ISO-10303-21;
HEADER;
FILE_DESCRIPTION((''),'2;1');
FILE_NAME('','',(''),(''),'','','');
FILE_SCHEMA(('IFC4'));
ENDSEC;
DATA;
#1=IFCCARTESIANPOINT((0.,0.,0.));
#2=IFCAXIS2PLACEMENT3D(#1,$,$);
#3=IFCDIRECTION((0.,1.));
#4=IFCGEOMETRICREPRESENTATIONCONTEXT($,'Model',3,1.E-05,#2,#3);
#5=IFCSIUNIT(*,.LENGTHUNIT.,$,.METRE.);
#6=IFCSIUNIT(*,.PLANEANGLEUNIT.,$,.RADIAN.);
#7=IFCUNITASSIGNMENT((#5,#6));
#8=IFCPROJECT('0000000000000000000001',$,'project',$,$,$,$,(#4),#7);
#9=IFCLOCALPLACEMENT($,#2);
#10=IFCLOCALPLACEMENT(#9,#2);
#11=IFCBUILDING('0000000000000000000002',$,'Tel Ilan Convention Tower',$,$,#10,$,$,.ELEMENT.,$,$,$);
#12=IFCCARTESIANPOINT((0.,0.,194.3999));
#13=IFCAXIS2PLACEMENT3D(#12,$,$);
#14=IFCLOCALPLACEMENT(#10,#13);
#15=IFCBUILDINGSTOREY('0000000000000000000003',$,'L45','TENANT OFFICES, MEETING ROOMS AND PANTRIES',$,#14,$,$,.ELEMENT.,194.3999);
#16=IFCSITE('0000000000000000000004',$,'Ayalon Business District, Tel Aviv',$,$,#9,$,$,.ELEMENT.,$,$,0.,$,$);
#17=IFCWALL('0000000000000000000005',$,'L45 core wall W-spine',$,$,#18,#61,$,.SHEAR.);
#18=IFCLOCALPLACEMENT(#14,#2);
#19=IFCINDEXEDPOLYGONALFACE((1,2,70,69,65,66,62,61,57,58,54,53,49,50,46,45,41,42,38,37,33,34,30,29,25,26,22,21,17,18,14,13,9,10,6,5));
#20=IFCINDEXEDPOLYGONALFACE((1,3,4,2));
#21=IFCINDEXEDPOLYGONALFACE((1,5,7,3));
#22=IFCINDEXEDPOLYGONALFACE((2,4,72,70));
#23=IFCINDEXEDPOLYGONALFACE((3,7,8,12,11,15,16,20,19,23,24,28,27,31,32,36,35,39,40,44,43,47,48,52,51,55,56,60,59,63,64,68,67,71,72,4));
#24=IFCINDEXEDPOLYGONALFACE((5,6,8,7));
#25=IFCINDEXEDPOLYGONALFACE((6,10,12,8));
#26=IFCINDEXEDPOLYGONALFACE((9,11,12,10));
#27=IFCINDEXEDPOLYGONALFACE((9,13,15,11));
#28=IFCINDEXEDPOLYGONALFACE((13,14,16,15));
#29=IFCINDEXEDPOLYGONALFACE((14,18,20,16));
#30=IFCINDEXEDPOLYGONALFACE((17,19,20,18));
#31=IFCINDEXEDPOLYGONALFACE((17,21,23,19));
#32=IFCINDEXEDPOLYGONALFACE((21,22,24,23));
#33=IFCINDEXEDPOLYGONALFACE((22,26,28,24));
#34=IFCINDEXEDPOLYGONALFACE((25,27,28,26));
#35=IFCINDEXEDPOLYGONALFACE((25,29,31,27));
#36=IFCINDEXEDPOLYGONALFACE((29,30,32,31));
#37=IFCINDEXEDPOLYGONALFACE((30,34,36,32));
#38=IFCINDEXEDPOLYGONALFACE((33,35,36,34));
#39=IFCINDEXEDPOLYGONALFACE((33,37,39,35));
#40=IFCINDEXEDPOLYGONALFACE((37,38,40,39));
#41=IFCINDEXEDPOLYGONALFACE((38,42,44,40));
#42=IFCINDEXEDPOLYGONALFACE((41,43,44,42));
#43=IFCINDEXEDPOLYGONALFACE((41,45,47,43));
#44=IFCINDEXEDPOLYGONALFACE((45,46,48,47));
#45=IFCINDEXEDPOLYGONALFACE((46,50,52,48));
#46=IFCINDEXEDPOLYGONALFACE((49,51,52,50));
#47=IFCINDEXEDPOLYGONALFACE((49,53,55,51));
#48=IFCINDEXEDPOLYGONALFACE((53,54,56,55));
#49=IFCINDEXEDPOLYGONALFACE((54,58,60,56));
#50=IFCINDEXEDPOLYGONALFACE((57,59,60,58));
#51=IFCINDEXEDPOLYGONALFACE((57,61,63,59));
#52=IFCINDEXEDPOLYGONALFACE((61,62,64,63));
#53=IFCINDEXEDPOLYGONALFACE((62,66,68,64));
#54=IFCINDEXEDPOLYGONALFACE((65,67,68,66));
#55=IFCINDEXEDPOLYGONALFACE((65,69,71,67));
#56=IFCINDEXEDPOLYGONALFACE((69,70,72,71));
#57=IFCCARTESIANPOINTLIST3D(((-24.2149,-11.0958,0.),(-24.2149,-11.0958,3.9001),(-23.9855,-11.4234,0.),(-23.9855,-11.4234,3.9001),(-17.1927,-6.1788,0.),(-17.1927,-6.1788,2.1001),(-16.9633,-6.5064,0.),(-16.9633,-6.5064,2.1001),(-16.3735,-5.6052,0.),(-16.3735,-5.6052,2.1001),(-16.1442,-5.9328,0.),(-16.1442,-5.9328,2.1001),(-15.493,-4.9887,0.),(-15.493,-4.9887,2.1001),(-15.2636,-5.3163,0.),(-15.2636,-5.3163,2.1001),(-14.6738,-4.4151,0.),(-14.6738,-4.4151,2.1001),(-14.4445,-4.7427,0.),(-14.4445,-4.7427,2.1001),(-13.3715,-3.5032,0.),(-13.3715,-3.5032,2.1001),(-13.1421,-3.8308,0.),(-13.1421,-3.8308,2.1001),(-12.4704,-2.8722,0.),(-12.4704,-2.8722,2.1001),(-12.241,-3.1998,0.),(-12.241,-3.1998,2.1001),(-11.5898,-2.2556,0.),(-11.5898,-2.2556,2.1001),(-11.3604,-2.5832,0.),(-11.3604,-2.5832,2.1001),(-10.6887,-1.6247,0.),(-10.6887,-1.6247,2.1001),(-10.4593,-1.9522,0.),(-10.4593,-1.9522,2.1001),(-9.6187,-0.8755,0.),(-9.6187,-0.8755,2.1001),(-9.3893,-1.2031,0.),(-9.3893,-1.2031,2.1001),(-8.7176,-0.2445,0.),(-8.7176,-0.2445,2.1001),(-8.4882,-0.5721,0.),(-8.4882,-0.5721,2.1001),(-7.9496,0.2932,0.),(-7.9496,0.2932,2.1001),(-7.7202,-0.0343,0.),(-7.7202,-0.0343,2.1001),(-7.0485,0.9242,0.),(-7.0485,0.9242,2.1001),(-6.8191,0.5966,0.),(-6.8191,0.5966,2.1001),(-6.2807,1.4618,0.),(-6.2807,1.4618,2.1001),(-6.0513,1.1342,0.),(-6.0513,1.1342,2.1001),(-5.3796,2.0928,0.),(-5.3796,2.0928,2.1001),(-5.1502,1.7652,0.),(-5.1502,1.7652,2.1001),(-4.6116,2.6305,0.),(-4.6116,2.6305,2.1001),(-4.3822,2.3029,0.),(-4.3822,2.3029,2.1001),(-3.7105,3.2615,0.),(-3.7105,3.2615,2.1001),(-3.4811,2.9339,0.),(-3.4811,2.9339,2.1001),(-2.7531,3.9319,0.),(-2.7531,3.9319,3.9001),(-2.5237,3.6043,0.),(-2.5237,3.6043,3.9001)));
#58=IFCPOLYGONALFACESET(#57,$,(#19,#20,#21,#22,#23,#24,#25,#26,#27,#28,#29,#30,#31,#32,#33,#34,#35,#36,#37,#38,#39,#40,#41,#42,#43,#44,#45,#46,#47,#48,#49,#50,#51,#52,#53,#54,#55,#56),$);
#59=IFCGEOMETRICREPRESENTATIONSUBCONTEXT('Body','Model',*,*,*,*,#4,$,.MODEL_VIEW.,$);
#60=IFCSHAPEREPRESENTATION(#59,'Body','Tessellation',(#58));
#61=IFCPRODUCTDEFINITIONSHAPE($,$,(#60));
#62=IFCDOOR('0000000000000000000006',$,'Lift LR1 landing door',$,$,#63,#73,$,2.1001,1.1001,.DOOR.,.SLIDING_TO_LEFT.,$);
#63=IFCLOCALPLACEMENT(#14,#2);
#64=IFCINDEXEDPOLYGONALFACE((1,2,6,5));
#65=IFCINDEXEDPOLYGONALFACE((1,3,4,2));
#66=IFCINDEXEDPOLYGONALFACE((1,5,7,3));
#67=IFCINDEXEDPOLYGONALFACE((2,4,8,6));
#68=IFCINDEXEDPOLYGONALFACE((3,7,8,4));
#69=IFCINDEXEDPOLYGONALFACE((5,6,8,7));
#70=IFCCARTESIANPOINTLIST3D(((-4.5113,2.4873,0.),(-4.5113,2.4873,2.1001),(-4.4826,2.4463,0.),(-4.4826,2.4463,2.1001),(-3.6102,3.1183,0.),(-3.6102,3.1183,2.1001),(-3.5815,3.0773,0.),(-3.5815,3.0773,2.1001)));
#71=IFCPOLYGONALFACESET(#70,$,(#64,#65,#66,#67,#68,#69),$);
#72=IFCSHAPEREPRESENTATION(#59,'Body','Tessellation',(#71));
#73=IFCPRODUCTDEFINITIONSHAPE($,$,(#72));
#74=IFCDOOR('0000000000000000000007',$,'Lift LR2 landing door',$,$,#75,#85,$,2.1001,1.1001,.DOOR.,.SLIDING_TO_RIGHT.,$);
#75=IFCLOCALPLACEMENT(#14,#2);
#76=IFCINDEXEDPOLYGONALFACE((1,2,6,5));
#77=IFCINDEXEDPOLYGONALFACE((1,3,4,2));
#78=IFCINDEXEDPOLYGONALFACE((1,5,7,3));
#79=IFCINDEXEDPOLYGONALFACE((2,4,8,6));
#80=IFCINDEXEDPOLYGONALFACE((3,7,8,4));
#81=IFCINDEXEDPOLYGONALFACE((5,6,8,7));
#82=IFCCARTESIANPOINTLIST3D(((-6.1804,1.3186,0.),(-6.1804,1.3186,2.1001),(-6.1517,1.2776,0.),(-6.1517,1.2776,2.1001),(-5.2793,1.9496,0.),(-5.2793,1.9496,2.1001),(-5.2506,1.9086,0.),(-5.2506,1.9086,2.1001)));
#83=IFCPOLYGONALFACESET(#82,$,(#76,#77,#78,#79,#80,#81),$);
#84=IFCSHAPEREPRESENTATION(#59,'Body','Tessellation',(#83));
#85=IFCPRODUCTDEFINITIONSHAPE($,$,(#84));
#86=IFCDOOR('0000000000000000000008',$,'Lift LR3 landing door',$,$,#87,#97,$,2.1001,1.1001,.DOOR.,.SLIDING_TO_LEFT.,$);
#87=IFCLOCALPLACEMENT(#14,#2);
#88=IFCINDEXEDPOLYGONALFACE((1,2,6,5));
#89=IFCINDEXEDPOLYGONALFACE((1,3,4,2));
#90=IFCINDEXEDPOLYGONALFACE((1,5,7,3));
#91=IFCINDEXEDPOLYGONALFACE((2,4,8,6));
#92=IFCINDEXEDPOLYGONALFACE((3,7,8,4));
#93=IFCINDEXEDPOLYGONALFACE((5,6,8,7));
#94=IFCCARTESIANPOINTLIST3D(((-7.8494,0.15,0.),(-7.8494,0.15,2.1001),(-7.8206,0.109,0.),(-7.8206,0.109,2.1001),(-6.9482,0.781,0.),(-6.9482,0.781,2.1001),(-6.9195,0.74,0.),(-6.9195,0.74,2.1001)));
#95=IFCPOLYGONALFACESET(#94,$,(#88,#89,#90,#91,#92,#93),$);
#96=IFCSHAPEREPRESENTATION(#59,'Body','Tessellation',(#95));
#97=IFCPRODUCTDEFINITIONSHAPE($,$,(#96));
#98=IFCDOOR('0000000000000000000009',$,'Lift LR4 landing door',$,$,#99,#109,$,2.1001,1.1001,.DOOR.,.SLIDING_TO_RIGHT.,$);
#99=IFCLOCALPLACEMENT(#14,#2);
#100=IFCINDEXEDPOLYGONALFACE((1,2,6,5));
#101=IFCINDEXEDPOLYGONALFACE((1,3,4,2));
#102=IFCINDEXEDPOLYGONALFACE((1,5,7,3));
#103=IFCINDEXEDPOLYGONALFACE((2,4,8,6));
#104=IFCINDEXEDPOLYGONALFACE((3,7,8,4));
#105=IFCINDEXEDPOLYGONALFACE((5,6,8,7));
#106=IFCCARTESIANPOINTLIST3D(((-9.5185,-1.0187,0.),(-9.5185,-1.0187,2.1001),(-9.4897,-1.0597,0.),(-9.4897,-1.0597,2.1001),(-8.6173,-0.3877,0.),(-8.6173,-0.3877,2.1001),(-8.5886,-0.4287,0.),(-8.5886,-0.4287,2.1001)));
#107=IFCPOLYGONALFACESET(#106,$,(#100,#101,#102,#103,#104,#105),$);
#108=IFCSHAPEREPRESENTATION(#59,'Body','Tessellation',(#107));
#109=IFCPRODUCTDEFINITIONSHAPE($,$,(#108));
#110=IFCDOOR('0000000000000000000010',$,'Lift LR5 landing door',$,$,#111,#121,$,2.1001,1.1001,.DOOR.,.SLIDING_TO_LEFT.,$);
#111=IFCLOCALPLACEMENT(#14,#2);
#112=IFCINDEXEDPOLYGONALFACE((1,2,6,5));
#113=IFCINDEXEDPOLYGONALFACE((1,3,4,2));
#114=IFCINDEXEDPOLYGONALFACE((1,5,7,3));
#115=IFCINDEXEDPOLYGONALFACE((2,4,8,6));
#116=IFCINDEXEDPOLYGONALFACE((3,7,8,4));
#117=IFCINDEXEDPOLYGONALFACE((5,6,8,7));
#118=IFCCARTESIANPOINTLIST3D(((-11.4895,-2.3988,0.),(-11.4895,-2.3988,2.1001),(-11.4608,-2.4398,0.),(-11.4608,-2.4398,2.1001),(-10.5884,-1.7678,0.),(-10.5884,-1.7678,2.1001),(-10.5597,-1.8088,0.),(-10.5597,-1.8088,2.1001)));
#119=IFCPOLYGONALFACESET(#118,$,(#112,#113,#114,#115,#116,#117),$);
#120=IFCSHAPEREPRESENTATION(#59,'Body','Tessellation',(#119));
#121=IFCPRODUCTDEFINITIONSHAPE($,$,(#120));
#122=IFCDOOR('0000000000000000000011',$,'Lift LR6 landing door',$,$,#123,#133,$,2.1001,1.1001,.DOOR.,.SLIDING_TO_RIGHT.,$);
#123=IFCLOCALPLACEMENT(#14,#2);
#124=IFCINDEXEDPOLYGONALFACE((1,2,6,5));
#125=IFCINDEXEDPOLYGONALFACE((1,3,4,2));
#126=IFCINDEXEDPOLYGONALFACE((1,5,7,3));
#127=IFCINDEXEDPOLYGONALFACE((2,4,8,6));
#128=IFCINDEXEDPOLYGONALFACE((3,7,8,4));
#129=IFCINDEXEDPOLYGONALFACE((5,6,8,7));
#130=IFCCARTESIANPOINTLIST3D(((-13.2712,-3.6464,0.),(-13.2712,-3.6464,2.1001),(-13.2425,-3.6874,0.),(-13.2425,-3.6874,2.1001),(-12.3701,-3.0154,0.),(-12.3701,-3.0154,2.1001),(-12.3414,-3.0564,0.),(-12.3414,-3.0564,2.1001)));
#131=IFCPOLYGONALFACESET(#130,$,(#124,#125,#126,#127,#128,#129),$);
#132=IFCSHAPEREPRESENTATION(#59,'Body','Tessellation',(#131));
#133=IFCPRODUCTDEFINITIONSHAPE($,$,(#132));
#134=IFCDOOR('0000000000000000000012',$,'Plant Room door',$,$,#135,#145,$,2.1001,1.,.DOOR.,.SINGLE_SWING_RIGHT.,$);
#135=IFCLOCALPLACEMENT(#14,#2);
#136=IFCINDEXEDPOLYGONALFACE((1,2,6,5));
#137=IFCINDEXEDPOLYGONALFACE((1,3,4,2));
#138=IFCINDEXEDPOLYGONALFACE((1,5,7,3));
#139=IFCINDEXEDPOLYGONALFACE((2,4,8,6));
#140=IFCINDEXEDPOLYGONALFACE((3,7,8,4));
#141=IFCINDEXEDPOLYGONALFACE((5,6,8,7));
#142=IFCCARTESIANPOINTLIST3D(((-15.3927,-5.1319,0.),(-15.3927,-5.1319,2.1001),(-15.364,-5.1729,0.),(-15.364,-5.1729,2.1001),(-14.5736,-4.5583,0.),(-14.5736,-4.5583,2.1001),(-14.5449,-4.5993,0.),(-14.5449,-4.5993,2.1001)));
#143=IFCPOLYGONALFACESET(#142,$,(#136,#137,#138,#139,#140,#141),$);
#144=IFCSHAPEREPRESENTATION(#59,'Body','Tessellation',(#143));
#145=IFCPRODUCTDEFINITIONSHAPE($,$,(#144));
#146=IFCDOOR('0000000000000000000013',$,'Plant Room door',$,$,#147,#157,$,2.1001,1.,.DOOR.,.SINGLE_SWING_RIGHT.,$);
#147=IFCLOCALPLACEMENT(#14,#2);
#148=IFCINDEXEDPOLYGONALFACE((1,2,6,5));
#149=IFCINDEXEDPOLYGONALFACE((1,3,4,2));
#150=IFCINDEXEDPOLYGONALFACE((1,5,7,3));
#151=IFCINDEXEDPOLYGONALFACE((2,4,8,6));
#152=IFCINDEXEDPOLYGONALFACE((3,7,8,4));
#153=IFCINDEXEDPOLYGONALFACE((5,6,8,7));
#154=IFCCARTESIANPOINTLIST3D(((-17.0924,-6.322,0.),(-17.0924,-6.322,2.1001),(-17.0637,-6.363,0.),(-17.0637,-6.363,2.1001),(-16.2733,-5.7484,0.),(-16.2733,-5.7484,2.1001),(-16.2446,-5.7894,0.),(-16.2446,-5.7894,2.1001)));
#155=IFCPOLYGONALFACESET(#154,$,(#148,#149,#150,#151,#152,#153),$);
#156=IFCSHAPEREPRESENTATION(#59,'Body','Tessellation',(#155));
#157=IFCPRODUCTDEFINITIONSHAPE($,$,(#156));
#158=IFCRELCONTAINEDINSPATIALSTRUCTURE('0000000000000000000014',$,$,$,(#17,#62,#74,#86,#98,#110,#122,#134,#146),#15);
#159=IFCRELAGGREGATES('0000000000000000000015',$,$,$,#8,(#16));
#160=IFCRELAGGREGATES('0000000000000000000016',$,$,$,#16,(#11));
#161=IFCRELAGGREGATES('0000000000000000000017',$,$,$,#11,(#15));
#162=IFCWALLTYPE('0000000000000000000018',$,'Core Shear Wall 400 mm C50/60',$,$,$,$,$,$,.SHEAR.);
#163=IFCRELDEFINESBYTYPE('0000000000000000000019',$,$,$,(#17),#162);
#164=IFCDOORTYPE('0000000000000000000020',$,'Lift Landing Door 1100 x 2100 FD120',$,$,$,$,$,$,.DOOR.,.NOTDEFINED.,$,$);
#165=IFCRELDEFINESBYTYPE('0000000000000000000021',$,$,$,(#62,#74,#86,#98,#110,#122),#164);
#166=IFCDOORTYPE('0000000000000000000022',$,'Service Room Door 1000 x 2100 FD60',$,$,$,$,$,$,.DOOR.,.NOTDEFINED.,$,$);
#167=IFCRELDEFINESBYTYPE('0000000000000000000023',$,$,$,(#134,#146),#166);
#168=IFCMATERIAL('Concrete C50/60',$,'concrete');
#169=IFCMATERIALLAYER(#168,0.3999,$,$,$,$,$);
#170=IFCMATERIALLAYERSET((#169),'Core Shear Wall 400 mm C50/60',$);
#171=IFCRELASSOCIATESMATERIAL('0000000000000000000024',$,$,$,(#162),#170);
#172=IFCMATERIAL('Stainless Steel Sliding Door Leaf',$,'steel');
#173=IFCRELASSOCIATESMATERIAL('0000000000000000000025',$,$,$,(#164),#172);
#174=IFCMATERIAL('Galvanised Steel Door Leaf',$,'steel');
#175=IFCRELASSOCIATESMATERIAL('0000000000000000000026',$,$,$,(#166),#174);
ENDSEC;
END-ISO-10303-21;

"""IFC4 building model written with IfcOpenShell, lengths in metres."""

from ifc_helpers import new_model, si_unit, direction, frame, frame_2d, origin, place, context, subcontext, project, spatial, polyline, rectangle, outline, extrude, material, layer, layer_set, type_object, element, fill, save


model = new_model("IFC4")

# Units and contexts
model_context = context("Model", 3, precision=1e-05, world=origin(), true_north=direction((0.0, 1.0)))
body_context = subcontext(model_context, "Body", "Model", "MODEL_VIEW")
ifc_project = project(units=[si_unit("LENGTHUNIT", "METRE"), si_unit("PLANEANGLEUNIT", "RADIAN")], contexts=[model_context])

# Site, building, storey
site_placement = place(None, origin())
site = spatial("IfcSite", under=ifc_project, at=site_placement, Name="Ayalon Business District, Tel Aviv", CompositionType="ELEMENT", RefElevation=0.0)
building_placement = place(site_placement, origin())
building = spatial("IfcBuilding", under=site, at=building_placement, Name="Tel Ilan Convention Tower", CompositionType="ELEMENT")
storey_placement = place(building_placement, frame((0.0, 0.0, 194.3999)))
storey = spatial("IfcBuildingStorey", under=building, at=storey_placement, Name="L45", Description="TENANT OFFICES, MEETING ROOMS AND PANTRIES", CompositionType="ELEMENT", Elevation=194.3999)

# Wall, openings, doors
ifc_material_1 = material(Name="Concrete C50/60", Category="concrete")
ifc_layer_1 = layer(ifc_material_1, 0.3999)
ifc_layer_set_1 = layer_set([ifc_layer_1], Name="Core Shear Wall 400 mm C50/60")
wall_type_1 = type_object("IfcWallType", Name="Core Shear Wall 400 mm C50/60", PredefinedType="SHEAR", material=ifc_layer_set_1)
wall_1_placement = place(storey_placement, frame((-2.6384, 3.7681, 0.0), z_axis=(0.0, 0.0, 1.0), x_axis=(-0.819153, -0.573576, 0.0)))
wall_1 = element("IfcWall", 1, at=wall_1_placement, inside=storey, type_object=wall_type_1, Name="L45 core wall W-spine", PredefinedType="SHEAR", context=body_context, shape_type="SweptSolid", body=[
    extrude(outline(polyline([(26.2, 0.2), (0.0, 0.2), (0.0, -0.2), (26.2, -0.2), (26.2, 0.2)])), origin(), (0.0, 0.0, 1.0), 3.9001),
])
opening_1_placement = place(wall_1_placement, frame((1.1687, 0.0, 0.0)))
opening_1 = element("IfcOpeningElement", 2, at=opening_1_placement, cuts=wall_1, PredefinedType="OPENING", context=body_context, shape_type="SweptSolid", body=[
    extrude(rectangle(XDim=1.1001, YDim=2.1001, at=frame_2d((0.55, 1.05))), frame((0.0, 0.21, 0.0), z_axis=(0.0, -1.0, 0.0), x_axis=(1.0, 0.0, 0.0)), (0.0, 0.0, 1.0), 0.4199),
])
opening_2_placement = place(wall_1_placement, frame((3.2063, 0.0, 0.0)))
opening_2 = element("IfcOpeningElement", 3, at=opening_2_placement, cuts=wall_1, PredefinedType="OPENING", context=body_context, shape_type="SweptSolid", body=[
    extrude(rectangle(XDim=1.1001, YDim=2.1001, at=frame_2d((0.55, 1.05))), frame((0.0, 0.21, 0.0), z_axis=(0.0, -1.0, 0.0), x_axis=(1.0, 0.0, 0.0)), (0.0, 0.0, 1.0), 0.4199),
])
opening_3_placement = place(wall_1_placement, frame((5.2437, 0.0, 0.0)))
opening_3 = element("IfcOpeningElement", 4, at=opening_3_placement, cuts=wall_1, PredefinedType="OPENING", context=body_context, shape_type="SweptSolid", body=[
    extrude(rectangle(XDim=1.1001, YDim=2.1001, at=frame_2d((0.55, 1.05))), frame((0.0, 0.21, 0.0), z_axis=(0.0, -1.0, 0.0), x_axis=(1.0, 0.0, 0.0)), (0.0, 0.0, 1.0), 0.4199),
])
opening_4_placement = place(wall_1_placement, frame((7.2812, 0.0, 0.0)))
opening_4 = element("IfcOpeningElement", 5, at=opening_4_placement, cuts=wall_1, PredefinedType="OPENING", context=body_context, shape_type="SweptSolid", body=[
    extrude(rectangle(XDim=1.1001, YDim=2.1001, at=frame_2d((0.55, 1.05))), frame((0.0, 0.21, 0.0), z_axis=(0.0, -1.0, 0.0), x_axis=(1.0, 0.0, 0.0)), (0.0, 0.0, 1.0), 0.4199),
])
opening_5_placement = place(wall_1_placement, frame((9.6875, 0.0, 0.0)))
opening_5 = element("IfcOpeningElement", 6, at=opening_5_placement, cuts=wall_1, PredefinedType="OPENING", context=body_context, shape_type="SweptSolid", body=[
    extrude(rectangle(XDim=1.1001, YDim=2.1001, at=frame_2d((0.55, 1.05))), frame((0.0, 0.21, 0.0), z_axis=(0.0, -1.0, 0.0), x_axis=(1.0, 0.0, 0.0)), (0.0, 0.0, 1.0), 0.4199),
])
opening_6_placement = place(wall_1_placement, frame((11.8625, 0.0, 0.0)))
opening_6 = element("IfcOpeningElement", 7, at=opening_6_placement, cuts=wall_1, PredefinedType="OPENING", context=body_context, shape_type="SweptSolid", body=[
    extrude(rectangle(XDim=1.1001, YDim=2.1001, at=frame_2d((0.55, 1.05))), frame((0.0, 0.21, 0.0), z_axis=(0.0, -1.0, 0.0), x_axis=(1.0, 0.0, 0.0)), (0.0, 0.0, 1.0), 0.4199),
])
opening_7_placement = place(wall_1_placement, frame((14.5525, 0.0, 0.0)))
opening_7 = element("IfcOpeningElement", 8, at=opening_7_placement, cuts=wall_1, PredefinedType="OPENING", context=body_context, shape_type="SweptSolid", body=[
    extrude(rectangle(XDim=1.0, YDim=2.1001, at=frame_2d((0.5, 1.05))), frame((0.0, 0.21, 0.0), z_axis=(0.0, -1.0, 0.0), x_axis=(1.0, 0.0, 0.0)), (0.0, 0.0, 1.0), 0.4199),
])
opening_8_placement = place(wall_1_placement, frame((16.6274, 0.0, 0.0)))
opening_8 = element("IfcOpeningElement", 9, at=opening_8_placement, cuts=wall_1, PredefinedType="OPENING", context=body_context, shape_type="SweptSolid", body=[
    extrude(rectangle(XDim=1.0, YDim=2.1001, at=frame_2d((0.5, 1.05))), frame((0.0, 0.21, 0.0), z_axis=(0.0, -1.0, 0.0), x_axis=(1.0, 0.0, 0.0)), (0.0, 0.0, 1.0), 0.4199),
])
ifc_material_2 = material(Name="Stainless Steel Sliding Door Leaf", Category="steel")
door_type_1 = type_object("IfcDoorType", Name="Lift Landing Door 1100 x 2100 FD120", OperationType="NOTDEFINED", PredefinedType="DOOR", material=ifc_material_2)
door_1_placement = place(opening_1_placement, origin())
door_1 = element("IfcDoor", 10, at=door_1_placement, inside=storey, type_object=door_type_1, Name="Lift LR1 landing door", OperationType="SLIDING_TO_LEFT", OverallHeight=2.1001, OverallWidth=1.1001, PredefinedType="DOOR", context=body_context, shape_type="SweptSolid", body=[
    extrude(rectangle(XDim=1.1001, YDim=2.1001, at=frame_2d((0.55, 1.05))), frame((0.0, 0.0249, 0.0), z_axis=(0.0, -1.0, 0.0), x_axis=(1.0, 0.0, 0.0)), (0.0, 0.0, 1.0), 0.05),
])
fill(opening_1, door_1)
door_2_placement = place(opening_2_placement, origin())
door_2 = element("IfcDoor", 11, at=door_2_placement, inside=storey, type_object=door_type_1, Name="Lift LR2 landing door", OperationType="SLIDING_TO_RIGHT", OverallHeight=2.1001, OverallWidth=1.1001, PredefinedType="DOOR", context=body_context, shape_type="SweptSolid", body=[
    extrude(rectangle(XDim=1.1001, YDim=2.1001, at=frame_2d((0.55, 1.05))), frame((0.0, 0.0249, 0.0), z_axis=(0.0, -1.0, 0.0), x_axis=(1.0, 0.0, 0.0)), (0.0, 0.0, 1.0), 0.05),
])
fill(opening_2, door_2)
door_3_placement = place(opening_3_placement, origin())
door_3 = element("IfcDoor", 12, at=door_3_placement, inside=storey, type_object=door_type_1, Name="Lift LR3 landing door", OperationType="SLIDING_TO_LEFT", OverallHeight=2.1001, OverallWidth=1.1001, PredefinedType="DOOR", context=body_context, shape_type="SweptSolid", body=[
    extrude(rectangle(XDim=1.1001, YDim=2.1001, at=frame_2d((0.55, 1.05))), frame((0.0, 0.0249, 0.0), z_axis=(0.0, -1.0, 0.0), x_axis=(1.0, 0.0, 0.0)), (0.0, 0.0, 1.0), 0.05),
])
fill(opening_3, door_3)
door_4_placement = place(opening_4_placement, origin())
door_4 = element("IfcDoor", 13, at=door_4_placement, inside=storey, type_object=door_type_1, Name="Lift LR4 landing door", OperationType="SLIDING_TO_RIGHT", OverallHeight=2.1001, OverallWidth=1.1001, PredefinedType="DOOR", context=body_context, shape_type="SweptSolid", body=[
    extrude(rectangle(XDim=1.1001, YDim=2.1001, at=frame_2d((0.55, 1.05))), frame((0.0, 0.0249, 0.0), z_axis=(0.0, -1.0, 0.0), x_axis=(1.0, 0.0, 0.0)), (0.0, 0.0, 1.0), 0.05),
])
fill(opening_4, door_4)
door_5_placement = place(opening_5_placement, origin())
door_5 = element("IfcDoor", 14, at=door_5_placement, inside=storey, type_object=door_type_1, Name="Lift LR5 landing door", OperationType="SLIDING_TO_LEFT", OverallHeight=2.1001, OverallWidth=1.1001, PredefinedType="DOOR", context=body_context, shape_type="SweptSolid", body=[
    extrude(rectangle(XDim=1.1001, YDim=2.1001, at=frame_2d((0.55, 1.05))), frame((0.0, 0.0249, 0.0), z_axis=(0.0, -1.0, 0.0), x_axis=(1.0, 0.0, 0.0)), (0.0, 0.0, 1.0), 0.05),
])
fill(opening_5, door_5)
door_6_placement = place(opening_6_placement, origin())
door_6 = element("IfcDoor", 15, at=door_6_placement, inside=storey, type_object=door_type_1, Name="Lift LR6 landing door", OperationType="SLIDING_TO_RIGHT", OverallHeight=2.1001, OverallWidth=1.1001, PredefinedType="DOOR", context=body_context, shape_type="SweptSolid", body=[
    extrude(rectangle(XDim=1.1001, YDim=2.1001, at=frame_2d((0.55, 1.05))), frame((0.0, 0.0249, 0.0), z_axis=(0.0, -1.0, 0.0), x_axis=(1.0, 0.0, 0.0)), (0.0, 0.0, 1.0), 0.05),
])
fill(opening_6, door_6)
ifc_material_3 = material(Name="Galvanised Steel Door Leaf", Category="steel")
door_type_2 = type_object("IfcDoorType", Name="Service Room Door 1000 x 2100 FD60", OperationType="NOTDEFINED", PredefinedType="DOOR", material=ifc_material_3)
door_7_placement = place(opening_7_placement, origin())
door_7 = element("IfcDoor", 16, at=door_7_placement, inside=storey, type_object=door_type_2, Name="Plant Room door", OperationType="SINGLE_SWING_RIGHT", OverallHeight=2.1001, OverallWidth=1.0, PredefinedType="DOOR", context=body_context, shape_type="SweptSolid", body=[
    extrude(rectangle(XDim=1.0, YDim=2.1001, at=frame_2d((0.5, 1.05))), frame((0.0, 0.0249, 0.0), z_axis=(0.0, -1.0, 0.0), x_axis=(1.0, 0.0, 0.0)), (0.0, 0.0, 1.0), 0.05),
])
fill(opening_7, door_7)
door_8_placement = place(opening_8_placement, origin())
door_8 = element("IfcDoor", 17, at=door_8_placement, inside=storey, type_object=door_type_2, Name="Plant Room door", OperationType="SINGLE_SWING_RIGHT", OverallHeight=2.1001, OverallWidth=1.0, PredefinedType="DOOR", context=body_context, shape_type="SweptSolid", body=[
    extrude(rectangle(XDim=1.0, YDim=2.1001, at=frame_2d((0.5, 1.05))), frame((0.0, 0.0249, 0.0), z_axis=(0.0, -1.0, 0.0), x_axis=(1.0, 0.0, 0.0)), (0.0, 0.0, 1.0), 0.05),
])
fill(opening_8, door_8)

save(model, "model.ifc")
